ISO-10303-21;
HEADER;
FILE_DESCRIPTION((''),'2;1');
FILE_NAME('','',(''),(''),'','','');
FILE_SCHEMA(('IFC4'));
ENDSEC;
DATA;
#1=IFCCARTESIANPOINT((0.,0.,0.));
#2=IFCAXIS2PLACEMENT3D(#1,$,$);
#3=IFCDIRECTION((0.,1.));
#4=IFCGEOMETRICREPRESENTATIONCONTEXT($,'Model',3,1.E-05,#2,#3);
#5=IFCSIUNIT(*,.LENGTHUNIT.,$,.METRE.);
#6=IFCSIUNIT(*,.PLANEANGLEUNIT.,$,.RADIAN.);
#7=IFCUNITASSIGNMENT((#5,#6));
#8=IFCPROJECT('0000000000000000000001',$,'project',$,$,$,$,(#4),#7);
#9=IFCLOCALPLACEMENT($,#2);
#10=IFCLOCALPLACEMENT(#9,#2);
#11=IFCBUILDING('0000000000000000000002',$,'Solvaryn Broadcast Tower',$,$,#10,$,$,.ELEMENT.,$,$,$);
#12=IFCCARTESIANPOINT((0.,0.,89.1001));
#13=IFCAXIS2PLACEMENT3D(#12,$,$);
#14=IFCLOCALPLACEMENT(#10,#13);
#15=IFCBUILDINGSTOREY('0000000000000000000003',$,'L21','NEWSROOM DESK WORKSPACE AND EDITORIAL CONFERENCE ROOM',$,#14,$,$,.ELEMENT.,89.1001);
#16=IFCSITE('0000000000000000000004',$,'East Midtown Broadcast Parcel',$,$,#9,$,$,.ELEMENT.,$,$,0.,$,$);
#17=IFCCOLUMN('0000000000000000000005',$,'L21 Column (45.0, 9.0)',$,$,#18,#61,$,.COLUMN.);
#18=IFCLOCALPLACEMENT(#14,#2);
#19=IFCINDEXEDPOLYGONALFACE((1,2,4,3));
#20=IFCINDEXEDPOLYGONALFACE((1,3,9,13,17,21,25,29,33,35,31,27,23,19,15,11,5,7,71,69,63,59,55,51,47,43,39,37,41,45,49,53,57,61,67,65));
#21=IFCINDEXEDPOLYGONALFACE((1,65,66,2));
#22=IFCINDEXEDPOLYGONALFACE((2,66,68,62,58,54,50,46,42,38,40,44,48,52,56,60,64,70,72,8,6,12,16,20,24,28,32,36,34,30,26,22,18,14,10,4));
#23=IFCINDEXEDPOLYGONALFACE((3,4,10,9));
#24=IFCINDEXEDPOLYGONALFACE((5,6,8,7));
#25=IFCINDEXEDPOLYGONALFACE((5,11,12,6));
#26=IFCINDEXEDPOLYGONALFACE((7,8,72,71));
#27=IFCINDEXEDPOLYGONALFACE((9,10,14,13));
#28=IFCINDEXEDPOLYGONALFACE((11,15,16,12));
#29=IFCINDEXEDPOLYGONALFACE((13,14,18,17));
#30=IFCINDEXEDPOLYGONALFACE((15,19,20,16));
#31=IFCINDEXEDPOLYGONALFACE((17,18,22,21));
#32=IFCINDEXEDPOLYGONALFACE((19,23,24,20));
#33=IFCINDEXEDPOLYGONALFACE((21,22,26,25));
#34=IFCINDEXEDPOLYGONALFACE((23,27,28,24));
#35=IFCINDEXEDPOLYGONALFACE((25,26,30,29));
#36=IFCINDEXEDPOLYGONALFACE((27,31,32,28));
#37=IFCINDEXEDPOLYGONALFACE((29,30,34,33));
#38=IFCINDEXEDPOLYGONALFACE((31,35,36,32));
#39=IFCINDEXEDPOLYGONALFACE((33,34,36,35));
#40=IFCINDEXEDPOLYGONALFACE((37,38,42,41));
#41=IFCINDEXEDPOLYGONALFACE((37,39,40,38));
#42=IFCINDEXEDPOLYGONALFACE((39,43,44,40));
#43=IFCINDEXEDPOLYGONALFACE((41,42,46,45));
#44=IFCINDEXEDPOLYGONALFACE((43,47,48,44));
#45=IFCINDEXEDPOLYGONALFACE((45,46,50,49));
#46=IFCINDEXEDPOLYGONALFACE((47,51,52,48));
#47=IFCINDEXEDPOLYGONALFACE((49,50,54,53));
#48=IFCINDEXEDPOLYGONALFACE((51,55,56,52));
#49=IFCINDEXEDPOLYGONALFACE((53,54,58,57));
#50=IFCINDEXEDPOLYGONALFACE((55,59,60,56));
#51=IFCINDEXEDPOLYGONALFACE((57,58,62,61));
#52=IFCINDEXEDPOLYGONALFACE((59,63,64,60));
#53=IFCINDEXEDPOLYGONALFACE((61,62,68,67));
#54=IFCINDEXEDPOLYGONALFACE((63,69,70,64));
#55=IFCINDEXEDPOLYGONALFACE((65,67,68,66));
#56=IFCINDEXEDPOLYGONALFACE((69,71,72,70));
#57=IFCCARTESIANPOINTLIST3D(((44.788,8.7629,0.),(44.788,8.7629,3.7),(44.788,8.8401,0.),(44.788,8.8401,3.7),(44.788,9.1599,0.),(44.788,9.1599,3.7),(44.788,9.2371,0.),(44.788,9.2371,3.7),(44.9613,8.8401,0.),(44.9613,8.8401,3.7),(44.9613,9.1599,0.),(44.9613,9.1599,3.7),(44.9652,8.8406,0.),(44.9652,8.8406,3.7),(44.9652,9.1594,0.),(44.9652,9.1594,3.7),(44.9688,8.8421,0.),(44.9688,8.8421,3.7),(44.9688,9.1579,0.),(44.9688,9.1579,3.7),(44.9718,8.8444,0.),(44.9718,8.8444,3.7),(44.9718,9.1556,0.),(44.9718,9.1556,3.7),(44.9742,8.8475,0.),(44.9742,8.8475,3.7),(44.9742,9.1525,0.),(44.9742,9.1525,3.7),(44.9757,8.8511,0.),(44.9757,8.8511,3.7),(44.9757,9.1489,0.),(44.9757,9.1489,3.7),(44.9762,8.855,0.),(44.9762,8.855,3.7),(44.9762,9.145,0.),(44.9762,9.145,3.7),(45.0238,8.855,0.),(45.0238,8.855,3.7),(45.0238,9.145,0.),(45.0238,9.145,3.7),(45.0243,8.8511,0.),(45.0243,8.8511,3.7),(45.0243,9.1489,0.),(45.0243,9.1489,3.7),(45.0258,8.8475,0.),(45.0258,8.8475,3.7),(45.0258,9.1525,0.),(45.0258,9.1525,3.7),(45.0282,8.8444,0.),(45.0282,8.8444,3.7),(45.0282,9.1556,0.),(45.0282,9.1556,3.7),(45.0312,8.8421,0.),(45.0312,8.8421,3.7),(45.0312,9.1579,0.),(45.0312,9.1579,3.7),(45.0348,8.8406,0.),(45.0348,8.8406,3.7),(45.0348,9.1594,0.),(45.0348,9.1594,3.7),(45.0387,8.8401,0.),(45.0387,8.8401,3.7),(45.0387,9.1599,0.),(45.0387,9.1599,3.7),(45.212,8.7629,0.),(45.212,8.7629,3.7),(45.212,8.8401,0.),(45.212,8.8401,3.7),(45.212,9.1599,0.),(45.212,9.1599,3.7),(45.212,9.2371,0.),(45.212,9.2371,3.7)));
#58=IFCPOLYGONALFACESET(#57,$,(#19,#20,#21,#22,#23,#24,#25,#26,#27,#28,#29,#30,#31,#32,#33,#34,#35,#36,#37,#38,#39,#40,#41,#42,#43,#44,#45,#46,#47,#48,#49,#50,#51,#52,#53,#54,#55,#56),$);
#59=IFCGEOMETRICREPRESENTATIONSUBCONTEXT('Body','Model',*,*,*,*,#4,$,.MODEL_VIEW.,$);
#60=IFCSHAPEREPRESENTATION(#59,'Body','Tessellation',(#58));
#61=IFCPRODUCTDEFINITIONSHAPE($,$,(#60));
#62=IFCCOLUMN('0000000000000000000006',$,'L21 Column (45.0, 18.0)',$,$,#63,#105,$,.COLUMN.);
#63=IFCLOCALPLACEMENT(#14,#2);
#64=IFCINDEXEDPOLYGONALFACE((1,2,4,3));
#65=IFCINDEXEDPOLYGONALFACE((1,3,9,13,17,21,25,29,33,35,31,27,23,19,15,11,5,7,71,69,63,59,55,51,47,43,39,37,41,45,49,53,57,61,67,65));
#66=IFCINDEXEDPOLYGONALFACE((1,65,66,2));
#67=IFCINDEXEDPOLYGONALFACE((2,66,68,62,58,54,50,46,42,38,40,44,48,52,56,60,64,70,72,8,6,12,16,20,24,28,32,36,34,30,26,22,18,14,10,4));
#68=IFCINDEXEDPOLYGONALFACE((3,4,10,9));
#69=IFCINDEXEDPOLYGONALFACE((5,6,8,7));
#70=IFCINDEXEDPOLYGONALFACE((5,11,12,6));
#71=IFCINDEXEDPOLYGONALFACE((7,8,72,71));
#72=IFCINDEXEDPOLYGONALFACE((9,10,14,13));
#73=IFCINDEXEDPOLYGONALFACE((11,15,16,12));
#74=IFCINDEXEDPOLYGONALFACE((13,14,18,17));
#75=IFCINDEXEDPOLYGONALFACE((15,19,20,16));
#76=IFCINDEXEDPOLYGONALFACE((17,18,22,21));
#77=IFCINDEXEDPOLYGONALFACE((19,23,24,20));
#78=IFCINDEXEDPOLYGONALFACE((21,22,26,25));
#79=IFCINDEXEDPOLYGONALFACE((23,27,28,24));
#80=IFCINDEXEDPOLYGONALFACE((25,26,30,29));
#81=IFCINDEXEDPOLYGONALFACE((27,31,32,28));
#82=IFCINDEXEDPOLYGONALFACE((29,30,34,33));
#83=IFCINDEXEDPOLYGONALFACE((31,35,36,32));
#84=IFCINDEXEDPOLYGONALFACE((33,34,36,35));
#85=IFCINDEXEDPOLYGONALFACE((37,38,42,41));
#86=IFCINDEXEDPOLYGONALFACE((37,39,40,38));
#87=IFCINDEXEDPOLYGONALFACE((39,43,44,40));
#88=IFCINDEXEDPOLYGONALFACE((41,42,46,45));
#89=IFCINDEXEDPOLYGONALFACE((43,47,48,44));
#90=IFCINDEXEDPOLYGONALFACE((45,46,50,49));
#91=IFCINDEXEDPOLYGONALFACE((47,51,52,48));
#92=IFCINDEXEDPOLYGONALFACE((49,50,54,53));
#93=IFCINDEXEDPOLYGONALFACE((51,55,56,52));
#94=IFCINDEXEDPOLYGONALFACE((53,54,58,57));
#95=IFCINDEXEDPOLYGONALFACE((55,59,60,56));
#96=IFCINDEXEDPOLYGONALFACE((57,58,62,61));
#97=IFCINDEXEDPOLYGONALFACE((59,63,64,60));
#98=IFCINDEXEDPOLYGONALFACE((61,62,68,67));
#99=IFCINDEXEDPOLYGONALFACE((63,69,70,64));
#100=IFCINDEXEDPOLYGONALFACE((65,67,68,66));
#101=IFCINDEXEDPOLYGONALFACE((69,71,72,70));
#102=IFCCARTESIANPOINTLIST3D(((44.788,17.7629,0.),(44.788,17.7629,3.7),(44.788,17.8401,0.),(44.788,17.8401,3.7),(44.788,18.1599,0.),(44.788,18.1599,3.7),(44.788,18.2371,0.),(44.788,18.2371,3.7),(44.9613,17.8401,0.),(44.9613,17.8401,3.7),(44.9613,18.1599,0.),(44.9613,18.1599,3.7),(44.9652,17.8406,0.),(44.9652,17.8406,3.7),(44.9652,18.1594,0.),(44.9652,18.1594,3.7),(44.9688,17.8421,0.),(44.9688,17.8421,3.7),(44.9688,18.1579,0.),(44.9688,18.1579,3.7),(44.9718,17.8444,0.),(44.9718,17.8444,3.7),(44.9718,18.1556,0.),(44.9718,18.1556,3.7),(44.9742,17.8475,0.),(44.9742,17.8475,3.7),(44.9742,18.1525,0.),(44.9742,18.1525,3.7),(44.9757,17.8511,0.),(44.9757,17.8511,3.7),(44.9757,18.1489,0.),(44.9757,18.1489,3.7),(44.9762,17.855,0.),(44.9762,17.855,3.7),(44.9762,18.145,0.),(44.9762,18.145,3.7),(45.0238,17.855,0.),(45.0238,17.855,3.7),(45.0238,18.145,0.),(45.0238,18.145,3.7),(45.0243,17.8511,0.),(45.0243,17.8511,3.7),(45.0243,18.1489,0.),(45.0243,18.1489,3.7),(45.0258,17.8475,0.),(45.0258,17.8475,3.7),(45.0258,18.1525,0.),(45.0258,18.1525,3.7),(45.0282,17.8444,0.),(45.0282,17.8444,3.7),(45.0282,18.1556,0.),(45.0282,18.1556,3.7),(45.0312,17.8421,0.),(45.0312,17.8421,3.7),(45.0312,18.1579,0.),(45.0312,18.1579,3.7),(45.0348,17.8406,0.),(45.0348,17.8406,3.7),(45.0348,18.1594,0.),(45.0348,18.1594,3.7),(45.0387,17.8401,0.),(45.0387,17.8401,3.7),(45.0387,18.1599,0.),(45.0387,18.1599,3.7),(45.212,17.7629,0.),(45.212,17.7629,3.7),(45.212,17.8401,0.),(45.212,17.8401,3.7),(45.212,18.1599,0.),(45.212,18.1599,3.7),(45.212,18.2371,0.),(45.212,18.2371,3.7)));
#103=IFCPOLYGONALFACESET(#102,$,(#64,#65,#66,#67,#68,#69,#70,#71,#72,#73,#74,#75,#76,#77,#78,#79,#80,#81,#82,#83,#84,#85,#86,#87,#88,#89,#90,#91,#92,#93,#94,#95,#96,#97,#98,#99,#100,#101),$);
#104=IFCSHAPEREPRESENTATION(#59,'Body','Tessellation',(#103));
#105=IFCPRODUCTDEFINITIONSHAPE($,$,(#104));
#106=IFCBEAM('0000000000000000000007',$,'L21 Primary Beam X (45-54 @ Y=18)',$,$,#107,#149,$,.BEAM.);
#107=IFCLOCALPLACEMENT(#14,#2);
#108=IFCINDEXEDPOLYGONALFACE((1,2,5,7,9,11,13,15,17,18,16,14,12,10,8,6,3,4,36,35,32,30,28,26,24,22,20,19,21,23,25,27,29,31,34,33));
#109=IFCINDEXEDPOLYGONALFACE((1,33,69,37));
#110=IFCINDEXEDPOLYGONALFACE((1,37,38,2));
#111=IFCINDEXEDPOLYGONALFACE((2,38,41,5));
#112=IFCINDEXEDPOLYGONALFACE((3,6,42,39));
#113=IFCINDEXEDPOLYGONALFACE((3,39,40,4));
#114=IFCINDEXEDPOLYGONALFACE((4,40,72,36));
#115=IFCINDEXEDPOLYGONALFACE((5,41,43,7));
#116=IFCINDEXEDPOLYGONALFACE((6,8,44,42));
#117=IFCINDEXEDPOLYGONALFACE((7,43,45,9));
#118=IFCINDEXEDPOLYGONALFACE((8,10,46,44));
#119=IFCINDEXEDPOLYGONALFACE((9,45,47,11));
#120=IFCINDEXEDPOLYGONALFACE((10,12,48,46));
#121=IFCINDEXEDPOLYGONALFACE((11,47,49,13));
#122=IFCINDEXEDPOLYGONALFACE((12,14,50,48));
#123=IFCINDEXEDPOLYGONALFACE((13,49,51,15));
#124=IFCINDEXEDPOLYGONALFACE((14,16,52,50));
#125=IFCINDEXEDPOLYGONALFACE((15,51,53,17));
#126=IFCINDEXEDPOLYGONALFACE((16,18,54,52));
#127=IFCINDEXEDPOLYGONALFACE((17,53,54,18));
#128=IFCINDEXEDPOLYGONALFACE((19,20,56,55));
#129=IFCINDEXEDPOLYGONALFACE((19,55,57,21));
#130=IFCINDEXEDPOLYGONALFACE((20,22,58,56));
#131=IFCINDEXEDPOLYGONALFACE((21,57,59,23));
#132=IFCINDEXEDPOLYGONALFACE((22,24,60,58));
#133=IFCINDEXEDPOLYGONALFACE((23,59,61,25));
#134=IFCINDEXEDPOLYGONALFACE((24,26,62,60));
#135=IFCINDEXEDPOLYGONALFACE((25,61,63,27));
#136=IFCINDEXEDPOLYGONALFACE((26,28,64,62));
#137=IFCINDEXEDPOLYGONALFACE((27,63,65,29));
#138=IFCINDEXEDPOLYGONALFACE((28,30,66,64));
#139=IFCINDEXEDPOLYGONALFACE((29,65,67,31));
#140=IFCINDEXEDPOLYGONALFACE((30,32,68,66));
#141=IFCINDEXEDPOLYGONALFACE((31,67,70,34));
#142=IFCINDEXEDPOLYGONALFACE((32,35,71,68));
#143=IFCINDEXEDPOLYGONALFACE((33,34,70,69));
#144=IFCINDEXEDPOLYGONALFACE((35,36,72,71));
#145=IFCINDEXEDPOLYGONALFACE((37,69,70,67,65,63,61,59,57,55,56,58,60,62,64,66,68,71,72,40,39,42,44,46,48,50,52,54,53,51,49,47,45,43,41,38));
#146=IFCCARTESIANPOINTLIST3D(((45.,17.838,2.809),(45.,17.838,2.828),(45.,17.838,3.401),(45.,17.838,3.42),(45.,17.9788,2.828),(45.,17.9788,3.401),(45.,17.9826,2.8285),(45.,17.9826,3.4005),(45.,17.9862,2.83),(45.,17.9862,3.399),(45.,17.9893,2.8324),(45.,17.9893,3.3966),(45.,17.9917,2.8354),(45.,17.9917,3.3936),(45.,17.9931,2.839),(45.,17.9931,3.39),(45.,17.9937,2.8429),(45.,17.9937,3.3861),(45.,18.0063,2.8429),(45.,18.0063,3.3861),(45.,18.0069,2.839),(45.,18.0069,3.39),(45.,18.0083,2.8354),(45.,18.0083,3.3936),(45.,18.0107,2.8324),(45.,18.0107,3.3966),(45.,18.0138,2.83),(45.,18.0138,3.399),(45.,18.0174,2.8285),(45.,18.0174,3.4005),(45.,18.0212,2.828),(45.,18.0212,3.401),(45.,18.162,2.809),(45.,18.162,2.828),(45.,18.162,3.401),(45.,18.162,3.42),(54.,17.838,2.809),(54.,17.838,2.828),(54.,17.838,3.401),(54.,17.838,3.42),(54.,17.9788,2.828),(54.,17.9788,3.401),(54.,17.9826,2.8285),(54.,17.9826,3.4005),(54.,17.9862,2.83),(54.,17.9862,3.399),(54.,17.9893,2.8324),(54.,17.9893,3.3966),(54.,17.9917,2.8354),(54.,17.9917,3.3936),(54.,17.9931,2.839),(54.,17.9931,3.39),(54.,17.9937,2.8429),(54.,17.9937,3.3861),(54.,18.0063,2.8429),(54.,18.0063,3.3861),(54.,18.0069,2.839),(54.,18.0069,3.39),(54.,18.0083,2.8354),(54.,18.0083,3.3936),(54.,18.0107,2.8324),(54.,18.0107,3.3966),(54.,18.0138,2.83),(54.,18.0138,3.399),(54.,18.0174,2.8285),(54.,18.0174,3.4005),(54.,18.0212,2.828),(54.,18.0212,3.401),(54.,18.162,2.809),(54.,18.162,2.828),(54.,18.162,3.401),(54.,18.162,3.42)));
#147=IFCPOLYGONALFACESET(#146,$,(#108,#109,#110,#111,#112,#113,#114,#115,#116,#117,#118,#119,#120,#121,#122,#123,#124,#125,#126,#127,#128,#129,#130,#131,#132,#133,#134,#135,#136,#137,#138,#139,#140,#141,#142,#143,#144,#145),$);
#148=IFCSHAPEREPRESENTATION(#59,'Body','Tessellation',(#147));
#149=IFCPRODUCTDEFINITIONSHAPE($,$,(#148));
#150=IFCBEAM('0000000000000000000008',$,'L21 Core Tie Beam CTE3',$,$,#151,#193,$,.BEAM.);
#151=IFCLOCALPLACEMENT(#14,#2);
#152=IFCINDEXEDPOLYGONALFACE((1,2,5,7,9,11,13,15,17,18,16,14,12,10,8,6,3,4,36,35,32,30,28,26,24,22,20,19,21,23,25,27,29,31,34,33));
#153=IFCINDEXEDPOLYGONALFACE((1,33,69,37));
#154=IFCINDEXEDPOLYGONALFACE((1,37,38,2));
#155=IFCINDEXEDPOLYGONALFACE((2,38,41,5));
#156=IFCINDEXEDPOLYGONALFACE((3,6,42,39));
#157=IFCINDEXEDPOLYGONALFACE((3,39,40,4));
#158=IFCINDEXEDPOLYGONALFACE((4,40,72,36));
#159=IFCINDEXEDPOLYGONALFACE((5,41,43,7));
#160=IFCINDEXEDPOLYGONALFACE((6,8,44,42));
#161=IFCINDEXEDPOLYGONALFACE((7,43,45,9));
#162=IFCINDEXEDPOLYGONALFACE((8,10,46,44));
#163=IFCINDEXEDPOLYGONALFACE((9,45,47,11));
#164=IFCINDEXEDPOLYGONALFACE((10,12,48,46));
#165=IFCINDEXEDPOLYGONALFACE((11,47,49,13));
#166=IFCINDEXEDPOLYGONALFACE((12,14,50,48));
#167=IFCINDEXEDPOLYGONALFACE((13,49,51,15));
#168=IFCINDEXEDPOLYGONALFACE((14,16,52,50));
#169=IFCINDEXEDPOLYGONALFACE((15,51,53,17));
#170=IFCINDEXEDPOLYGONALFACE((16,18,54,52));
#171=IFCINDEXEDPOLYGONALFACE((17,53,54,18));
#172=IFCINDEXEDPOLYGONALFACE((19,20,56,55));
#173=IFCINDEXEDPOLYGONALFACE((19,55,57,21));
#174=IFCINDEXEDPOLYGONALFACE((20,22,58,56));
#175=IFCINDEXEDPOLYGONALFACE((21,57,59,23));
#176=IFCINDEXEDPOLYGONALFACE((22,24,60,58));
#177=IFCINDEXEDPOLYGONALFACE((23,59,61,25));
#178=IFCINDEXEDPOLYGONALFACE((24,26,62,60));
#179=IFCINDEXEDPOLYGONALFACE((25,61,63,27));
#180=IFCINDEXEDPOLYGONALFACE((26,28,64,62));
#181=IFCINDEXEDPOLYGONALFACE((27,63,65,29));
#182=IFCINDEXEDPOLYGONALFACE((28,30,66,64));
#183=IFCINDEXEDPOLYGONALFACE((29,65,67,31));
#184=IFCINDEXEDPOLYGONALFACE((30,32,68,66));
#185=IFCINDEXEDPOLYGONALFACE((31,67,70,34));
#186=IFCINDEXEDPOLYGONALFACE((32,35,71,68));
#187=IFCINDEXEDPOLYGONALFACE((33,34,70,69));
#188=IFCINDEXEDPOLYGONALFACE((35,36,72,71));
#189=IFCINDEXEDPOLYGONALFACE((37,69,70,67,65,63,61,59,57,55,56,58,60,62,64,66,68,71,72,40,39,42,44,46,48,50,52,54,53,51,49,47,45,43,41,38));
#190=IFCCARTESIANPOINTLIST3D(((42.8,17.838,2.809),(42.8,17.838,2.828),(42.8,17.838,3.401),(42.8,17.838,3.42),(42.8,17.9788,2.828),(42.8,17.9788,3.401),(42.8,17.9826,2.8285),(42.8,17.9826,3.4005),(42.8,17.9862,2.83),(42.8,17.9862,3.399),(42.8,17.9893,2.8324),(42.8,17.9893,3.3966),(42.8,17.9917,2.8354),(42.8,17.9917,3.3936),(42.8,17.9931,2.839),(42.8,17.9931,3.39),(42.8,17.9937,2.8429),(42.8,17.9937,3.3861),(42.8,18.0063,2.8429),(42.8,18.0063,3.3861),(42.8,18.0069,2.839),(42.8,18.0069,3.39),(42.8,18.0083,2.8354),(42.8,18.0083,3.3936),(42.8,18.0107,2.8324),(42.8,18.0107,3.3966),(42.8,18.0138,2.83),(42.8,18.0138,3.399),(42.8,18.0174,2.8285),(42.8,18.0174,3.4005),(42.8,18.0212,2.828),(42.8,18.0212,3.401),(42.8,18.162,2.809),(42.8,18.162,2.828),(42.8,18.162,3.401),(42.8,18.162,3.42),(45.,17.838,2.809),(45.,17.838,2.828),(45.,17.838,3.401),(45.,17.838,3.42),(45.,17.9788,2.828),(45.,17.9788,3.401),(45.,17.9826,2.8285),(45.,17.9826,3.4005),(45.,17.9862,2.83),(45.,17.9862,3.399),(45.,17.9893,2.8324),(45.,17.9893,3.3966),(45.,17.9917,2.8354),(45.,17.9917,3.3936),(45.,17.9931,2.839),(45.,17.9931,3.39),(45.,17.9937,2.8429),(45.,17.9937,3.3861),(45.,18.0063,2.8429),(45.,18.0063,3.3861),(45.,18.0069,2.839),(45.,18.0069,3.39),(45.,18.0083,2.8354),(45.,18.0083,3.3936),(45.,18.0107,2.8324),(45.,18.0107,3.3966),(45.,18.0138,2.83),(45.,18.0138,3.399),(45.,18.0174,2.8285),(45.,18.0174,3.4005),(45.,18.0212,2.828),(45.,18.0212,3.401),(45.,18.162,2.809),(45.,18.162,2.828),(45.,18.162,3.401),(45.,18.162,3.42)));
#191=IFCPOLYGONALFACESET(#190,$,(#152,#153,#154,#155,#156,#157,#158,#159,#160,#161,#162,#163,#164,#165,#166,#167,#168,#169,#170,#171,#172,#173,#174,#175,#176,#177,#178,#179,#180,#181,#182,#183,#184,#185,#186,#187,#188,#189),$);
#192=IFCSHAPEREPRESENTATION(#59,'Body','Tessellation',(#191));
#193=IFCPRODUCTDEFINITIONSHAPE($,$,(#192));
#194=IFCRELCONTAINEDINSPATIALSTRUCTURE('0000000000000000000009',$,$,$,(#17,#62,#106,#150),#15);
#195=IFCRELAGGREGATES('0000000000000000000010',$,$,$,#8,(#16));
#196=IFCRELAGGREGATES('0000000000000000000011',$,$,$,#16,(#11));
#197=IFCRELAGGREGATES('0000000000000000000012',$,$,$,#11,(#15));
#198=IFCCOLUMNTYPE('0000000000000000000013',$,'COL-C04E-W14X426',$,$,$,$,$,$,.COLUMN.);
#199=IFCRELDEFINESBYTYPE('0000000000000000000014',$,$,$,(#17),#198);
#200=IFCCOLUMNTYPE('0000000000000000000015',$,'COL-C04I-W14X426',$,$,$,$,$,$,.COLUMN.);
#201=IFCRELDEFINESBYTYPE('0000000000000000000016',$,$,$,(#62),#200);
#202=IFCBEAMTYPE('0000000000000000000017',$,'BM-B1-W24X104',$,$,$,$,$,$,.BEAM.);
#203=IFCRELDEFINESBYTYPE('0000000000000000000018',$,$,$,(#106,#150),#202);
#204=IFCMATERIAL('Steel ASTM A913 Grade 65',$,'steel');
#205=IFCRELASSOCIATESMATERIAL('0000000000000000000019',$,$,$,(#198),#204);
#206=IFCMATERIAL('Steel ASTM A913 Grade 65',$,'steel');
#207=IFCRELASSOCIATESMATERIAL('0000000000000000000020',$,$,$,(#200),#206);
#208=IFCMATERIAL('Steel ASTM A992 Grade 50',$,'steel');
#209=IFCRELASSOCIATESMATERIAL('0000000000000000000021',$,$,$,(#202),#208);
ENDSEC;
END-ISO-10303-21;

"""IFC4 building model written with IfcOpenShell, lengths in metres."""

from ifc_helpers import new_model, si_unit, direction, frame, origin, origin_2d, place, context, subcontext, project, spatial, i_section, extrude, material, material_profile, profile_set, type_object, element, save


model = new_model("IFC4")

# Units and contexts
model_context = context("Model", 3, precision=1e-05, world=origin(), true_north=direction((0.0, 1.0)))
body_context = subcontext(model_context, "Body", "Model", "MODEL_VIEW")
ifc_project = project(units=[si_unit("LENGTHUNIT", "METRE"), si_unit("PLANEANGLEUNIT", "RADIAN")], contexts=[model_context])

# Site, building, storey
site_placement = place(None, origin())
site = spatial("IfcSite", under=ifc_project, at=site_placement, Name="East Midtown Broadcast Parcel", CompositionType="ELEMENT", RefElevation=0.0)
building_placement = place(site_placement, origin())
building = spatial("IfcBuilding", under=site, at=building_placement, Name="Solvaryn Broadcast Tower", CompositionType="ELEMENT")
storey_placement = place(building_placement, frame((0.0, 0.0, 89.1001)))
storey = spatial("IfcBuildingStorey", under=building, at=storey_placement, Name="L21", Description="NEWSROOM DESK WORKSPACE AND EDITORIAL CONFERENCE ROOM", CompositionType="ELEMENT", Elevation=89.1001)

# Columns
ifc_material_1 = material(Name="Steel ASTM A913 Grade 65", Category="steel")
ifc_material_profile_1 = material_profile(ifc_material_1, i_section(OverallWidth=0.4241, OverallDepth=0.4741, WebThickness=0.0476, FlangeThickness=0.0771, FilletRadius=0.0149, at=origin_2d()))
ifc_profile_set_1 = profile_set([ifc_material_profile_1], Name="Steel ASTM A913 Grade 65")
column_type_1 = type_object("IfcColumnType", Name="COL-C04E-W14X426", PredefinedType="COLUMN", material=ifc_profile_set_1)
column_1_placement = place(storey_placement, frame((45.0, 9.0, 0.0), z_axis=(0.0, 0.0, 1.0), x_axis=(1.0, 0.0, 0.0)))
element("IfcColumn", 1, at=column_1_placement, inside=storey, type_object=column_type_1, Name="L21 Column (45.0, 9.0)", PredefinedType="COLUMN", context=body_context, shape_type="SweptSolid", body=[
    extrude(i_section(OverallWidth=0.4241, OverallDepth=0.4741, WebThickness=0.0476, FlangeThickness=0.0771, FilletRadius=0.0149, at=origin_2d()), origin(), (0.0, 0.0, 1.0), 3.7),
])
ifc_material_2 = material(Name="Steel ASTM A913 Grade 65", Category="steel")
ifc_material_profile_2 = material_profile(ifc_material_2, i_section(OverallWidth=0.4241, OverallDepth=0.4741, WebThickness=0.0476, FlangeThickness=0.0771, FilletRadius=0.0149, at=origin_2d()))
ifc_profile_set_2 = profile_set([ifc_material_profile_2], Name="Steel ASTM A913 Grade 65")
column_type_2 = type_object("IfcColumnType", Name="COL-C04I-W14X426", PredefinedType="COLUMN", material=ifc_profile_set_2)
column_2_placement = place(storey_placement, frame((45.0, 18.0, 0.0), z_axis=(0.0, 0.0, 1.0), x_axis=(1.0, 0.0, 0.0)))
element("IfcColumn", 2, at=column_2_placement, inside=storey, type_object=column_type_2, Name="L21 Column (45.0, 18.0)", PredefinedType="COLUMN", context=body_context, shape_type="SweptSolid", body=[
    extrude(i_section(OverallWidth=0.4241, OverallDepth=0.4741, WebThickness=0.0476, FlangeThickness=0.0771, FilletRadius=0.0149, at=origin_2d()), origin(), (0.0, 0.0, 1.0), 3.7),
])

# Beams
ifc_material_3 = material(Name="Steel ASTM A992 Grade 50", Category="steel")
ifc_material_profile_3 = material_profile(ifc_material_3, i_section(OverallWidth=0.324, OverallDepth=0.6111, WebThickness=0.0127, FlangeThickness=0.019, FilletRadius=0.0149, at=origin_2d()))
ifc_profile_set_3 = profile_set([ifc_material_profile_3], Name="Steel ASTM A992 Grade 50")
beam_type_1 = type_object("IfcBeamType", Name="BM-B1-W24X104", PredefinedType="BEAM", material=ifc_profile_set_3)
beam_1_placement = place(storey_placement, frame((45.0, 18.0, 3.1145), z_axis=(1.0, 0.0, 0.0), x_axis=(0.0, 1.0, 0.0)))
element("IfcBeam", 3, at=beam_1_placement, inside=storey, type_object=beam_type_1, Name="L21 Primary Beam X (45-54 @ Y=18)", PredefinedType="BEAM", context=body_context, shape_type="SweptSolid", body=[
    extrude(i_section(OverallWidth=0.324, OverallDepth=0.6111, WebThickness=0.0127, FlangeThickness=0.019, FilletRadius=0.0149, at=origin_2d()), origin(), (0.0, 0.0, 1.0), 9.0),
])
beam_2_placement = place(storey_placement, frame((42.8, 18.0, 3.1145), z_axis=(1.0, 0.0, 0.0), x_axis=(0.0, 1.0, 0.0)))
element("IfcBeam", 4, at=beam_2_placement, inside=storey, type_object=beam_type_1, Name="L21 Core Tie Beam CTE3", PredefinedType="BEAM", context=body_context, shape_type="SweptSolid", body=[
    extrude(i_section(OverallWidth=0.324, OverallDepth=0.6111, WebThickness=0.0127, FlangeThickness=0.019, FilletRadius=0.0149, at=origin_2d()), origin(), (0.0, 0.0, 1.0), 2.2),
])

save(model, "model.ifc")
